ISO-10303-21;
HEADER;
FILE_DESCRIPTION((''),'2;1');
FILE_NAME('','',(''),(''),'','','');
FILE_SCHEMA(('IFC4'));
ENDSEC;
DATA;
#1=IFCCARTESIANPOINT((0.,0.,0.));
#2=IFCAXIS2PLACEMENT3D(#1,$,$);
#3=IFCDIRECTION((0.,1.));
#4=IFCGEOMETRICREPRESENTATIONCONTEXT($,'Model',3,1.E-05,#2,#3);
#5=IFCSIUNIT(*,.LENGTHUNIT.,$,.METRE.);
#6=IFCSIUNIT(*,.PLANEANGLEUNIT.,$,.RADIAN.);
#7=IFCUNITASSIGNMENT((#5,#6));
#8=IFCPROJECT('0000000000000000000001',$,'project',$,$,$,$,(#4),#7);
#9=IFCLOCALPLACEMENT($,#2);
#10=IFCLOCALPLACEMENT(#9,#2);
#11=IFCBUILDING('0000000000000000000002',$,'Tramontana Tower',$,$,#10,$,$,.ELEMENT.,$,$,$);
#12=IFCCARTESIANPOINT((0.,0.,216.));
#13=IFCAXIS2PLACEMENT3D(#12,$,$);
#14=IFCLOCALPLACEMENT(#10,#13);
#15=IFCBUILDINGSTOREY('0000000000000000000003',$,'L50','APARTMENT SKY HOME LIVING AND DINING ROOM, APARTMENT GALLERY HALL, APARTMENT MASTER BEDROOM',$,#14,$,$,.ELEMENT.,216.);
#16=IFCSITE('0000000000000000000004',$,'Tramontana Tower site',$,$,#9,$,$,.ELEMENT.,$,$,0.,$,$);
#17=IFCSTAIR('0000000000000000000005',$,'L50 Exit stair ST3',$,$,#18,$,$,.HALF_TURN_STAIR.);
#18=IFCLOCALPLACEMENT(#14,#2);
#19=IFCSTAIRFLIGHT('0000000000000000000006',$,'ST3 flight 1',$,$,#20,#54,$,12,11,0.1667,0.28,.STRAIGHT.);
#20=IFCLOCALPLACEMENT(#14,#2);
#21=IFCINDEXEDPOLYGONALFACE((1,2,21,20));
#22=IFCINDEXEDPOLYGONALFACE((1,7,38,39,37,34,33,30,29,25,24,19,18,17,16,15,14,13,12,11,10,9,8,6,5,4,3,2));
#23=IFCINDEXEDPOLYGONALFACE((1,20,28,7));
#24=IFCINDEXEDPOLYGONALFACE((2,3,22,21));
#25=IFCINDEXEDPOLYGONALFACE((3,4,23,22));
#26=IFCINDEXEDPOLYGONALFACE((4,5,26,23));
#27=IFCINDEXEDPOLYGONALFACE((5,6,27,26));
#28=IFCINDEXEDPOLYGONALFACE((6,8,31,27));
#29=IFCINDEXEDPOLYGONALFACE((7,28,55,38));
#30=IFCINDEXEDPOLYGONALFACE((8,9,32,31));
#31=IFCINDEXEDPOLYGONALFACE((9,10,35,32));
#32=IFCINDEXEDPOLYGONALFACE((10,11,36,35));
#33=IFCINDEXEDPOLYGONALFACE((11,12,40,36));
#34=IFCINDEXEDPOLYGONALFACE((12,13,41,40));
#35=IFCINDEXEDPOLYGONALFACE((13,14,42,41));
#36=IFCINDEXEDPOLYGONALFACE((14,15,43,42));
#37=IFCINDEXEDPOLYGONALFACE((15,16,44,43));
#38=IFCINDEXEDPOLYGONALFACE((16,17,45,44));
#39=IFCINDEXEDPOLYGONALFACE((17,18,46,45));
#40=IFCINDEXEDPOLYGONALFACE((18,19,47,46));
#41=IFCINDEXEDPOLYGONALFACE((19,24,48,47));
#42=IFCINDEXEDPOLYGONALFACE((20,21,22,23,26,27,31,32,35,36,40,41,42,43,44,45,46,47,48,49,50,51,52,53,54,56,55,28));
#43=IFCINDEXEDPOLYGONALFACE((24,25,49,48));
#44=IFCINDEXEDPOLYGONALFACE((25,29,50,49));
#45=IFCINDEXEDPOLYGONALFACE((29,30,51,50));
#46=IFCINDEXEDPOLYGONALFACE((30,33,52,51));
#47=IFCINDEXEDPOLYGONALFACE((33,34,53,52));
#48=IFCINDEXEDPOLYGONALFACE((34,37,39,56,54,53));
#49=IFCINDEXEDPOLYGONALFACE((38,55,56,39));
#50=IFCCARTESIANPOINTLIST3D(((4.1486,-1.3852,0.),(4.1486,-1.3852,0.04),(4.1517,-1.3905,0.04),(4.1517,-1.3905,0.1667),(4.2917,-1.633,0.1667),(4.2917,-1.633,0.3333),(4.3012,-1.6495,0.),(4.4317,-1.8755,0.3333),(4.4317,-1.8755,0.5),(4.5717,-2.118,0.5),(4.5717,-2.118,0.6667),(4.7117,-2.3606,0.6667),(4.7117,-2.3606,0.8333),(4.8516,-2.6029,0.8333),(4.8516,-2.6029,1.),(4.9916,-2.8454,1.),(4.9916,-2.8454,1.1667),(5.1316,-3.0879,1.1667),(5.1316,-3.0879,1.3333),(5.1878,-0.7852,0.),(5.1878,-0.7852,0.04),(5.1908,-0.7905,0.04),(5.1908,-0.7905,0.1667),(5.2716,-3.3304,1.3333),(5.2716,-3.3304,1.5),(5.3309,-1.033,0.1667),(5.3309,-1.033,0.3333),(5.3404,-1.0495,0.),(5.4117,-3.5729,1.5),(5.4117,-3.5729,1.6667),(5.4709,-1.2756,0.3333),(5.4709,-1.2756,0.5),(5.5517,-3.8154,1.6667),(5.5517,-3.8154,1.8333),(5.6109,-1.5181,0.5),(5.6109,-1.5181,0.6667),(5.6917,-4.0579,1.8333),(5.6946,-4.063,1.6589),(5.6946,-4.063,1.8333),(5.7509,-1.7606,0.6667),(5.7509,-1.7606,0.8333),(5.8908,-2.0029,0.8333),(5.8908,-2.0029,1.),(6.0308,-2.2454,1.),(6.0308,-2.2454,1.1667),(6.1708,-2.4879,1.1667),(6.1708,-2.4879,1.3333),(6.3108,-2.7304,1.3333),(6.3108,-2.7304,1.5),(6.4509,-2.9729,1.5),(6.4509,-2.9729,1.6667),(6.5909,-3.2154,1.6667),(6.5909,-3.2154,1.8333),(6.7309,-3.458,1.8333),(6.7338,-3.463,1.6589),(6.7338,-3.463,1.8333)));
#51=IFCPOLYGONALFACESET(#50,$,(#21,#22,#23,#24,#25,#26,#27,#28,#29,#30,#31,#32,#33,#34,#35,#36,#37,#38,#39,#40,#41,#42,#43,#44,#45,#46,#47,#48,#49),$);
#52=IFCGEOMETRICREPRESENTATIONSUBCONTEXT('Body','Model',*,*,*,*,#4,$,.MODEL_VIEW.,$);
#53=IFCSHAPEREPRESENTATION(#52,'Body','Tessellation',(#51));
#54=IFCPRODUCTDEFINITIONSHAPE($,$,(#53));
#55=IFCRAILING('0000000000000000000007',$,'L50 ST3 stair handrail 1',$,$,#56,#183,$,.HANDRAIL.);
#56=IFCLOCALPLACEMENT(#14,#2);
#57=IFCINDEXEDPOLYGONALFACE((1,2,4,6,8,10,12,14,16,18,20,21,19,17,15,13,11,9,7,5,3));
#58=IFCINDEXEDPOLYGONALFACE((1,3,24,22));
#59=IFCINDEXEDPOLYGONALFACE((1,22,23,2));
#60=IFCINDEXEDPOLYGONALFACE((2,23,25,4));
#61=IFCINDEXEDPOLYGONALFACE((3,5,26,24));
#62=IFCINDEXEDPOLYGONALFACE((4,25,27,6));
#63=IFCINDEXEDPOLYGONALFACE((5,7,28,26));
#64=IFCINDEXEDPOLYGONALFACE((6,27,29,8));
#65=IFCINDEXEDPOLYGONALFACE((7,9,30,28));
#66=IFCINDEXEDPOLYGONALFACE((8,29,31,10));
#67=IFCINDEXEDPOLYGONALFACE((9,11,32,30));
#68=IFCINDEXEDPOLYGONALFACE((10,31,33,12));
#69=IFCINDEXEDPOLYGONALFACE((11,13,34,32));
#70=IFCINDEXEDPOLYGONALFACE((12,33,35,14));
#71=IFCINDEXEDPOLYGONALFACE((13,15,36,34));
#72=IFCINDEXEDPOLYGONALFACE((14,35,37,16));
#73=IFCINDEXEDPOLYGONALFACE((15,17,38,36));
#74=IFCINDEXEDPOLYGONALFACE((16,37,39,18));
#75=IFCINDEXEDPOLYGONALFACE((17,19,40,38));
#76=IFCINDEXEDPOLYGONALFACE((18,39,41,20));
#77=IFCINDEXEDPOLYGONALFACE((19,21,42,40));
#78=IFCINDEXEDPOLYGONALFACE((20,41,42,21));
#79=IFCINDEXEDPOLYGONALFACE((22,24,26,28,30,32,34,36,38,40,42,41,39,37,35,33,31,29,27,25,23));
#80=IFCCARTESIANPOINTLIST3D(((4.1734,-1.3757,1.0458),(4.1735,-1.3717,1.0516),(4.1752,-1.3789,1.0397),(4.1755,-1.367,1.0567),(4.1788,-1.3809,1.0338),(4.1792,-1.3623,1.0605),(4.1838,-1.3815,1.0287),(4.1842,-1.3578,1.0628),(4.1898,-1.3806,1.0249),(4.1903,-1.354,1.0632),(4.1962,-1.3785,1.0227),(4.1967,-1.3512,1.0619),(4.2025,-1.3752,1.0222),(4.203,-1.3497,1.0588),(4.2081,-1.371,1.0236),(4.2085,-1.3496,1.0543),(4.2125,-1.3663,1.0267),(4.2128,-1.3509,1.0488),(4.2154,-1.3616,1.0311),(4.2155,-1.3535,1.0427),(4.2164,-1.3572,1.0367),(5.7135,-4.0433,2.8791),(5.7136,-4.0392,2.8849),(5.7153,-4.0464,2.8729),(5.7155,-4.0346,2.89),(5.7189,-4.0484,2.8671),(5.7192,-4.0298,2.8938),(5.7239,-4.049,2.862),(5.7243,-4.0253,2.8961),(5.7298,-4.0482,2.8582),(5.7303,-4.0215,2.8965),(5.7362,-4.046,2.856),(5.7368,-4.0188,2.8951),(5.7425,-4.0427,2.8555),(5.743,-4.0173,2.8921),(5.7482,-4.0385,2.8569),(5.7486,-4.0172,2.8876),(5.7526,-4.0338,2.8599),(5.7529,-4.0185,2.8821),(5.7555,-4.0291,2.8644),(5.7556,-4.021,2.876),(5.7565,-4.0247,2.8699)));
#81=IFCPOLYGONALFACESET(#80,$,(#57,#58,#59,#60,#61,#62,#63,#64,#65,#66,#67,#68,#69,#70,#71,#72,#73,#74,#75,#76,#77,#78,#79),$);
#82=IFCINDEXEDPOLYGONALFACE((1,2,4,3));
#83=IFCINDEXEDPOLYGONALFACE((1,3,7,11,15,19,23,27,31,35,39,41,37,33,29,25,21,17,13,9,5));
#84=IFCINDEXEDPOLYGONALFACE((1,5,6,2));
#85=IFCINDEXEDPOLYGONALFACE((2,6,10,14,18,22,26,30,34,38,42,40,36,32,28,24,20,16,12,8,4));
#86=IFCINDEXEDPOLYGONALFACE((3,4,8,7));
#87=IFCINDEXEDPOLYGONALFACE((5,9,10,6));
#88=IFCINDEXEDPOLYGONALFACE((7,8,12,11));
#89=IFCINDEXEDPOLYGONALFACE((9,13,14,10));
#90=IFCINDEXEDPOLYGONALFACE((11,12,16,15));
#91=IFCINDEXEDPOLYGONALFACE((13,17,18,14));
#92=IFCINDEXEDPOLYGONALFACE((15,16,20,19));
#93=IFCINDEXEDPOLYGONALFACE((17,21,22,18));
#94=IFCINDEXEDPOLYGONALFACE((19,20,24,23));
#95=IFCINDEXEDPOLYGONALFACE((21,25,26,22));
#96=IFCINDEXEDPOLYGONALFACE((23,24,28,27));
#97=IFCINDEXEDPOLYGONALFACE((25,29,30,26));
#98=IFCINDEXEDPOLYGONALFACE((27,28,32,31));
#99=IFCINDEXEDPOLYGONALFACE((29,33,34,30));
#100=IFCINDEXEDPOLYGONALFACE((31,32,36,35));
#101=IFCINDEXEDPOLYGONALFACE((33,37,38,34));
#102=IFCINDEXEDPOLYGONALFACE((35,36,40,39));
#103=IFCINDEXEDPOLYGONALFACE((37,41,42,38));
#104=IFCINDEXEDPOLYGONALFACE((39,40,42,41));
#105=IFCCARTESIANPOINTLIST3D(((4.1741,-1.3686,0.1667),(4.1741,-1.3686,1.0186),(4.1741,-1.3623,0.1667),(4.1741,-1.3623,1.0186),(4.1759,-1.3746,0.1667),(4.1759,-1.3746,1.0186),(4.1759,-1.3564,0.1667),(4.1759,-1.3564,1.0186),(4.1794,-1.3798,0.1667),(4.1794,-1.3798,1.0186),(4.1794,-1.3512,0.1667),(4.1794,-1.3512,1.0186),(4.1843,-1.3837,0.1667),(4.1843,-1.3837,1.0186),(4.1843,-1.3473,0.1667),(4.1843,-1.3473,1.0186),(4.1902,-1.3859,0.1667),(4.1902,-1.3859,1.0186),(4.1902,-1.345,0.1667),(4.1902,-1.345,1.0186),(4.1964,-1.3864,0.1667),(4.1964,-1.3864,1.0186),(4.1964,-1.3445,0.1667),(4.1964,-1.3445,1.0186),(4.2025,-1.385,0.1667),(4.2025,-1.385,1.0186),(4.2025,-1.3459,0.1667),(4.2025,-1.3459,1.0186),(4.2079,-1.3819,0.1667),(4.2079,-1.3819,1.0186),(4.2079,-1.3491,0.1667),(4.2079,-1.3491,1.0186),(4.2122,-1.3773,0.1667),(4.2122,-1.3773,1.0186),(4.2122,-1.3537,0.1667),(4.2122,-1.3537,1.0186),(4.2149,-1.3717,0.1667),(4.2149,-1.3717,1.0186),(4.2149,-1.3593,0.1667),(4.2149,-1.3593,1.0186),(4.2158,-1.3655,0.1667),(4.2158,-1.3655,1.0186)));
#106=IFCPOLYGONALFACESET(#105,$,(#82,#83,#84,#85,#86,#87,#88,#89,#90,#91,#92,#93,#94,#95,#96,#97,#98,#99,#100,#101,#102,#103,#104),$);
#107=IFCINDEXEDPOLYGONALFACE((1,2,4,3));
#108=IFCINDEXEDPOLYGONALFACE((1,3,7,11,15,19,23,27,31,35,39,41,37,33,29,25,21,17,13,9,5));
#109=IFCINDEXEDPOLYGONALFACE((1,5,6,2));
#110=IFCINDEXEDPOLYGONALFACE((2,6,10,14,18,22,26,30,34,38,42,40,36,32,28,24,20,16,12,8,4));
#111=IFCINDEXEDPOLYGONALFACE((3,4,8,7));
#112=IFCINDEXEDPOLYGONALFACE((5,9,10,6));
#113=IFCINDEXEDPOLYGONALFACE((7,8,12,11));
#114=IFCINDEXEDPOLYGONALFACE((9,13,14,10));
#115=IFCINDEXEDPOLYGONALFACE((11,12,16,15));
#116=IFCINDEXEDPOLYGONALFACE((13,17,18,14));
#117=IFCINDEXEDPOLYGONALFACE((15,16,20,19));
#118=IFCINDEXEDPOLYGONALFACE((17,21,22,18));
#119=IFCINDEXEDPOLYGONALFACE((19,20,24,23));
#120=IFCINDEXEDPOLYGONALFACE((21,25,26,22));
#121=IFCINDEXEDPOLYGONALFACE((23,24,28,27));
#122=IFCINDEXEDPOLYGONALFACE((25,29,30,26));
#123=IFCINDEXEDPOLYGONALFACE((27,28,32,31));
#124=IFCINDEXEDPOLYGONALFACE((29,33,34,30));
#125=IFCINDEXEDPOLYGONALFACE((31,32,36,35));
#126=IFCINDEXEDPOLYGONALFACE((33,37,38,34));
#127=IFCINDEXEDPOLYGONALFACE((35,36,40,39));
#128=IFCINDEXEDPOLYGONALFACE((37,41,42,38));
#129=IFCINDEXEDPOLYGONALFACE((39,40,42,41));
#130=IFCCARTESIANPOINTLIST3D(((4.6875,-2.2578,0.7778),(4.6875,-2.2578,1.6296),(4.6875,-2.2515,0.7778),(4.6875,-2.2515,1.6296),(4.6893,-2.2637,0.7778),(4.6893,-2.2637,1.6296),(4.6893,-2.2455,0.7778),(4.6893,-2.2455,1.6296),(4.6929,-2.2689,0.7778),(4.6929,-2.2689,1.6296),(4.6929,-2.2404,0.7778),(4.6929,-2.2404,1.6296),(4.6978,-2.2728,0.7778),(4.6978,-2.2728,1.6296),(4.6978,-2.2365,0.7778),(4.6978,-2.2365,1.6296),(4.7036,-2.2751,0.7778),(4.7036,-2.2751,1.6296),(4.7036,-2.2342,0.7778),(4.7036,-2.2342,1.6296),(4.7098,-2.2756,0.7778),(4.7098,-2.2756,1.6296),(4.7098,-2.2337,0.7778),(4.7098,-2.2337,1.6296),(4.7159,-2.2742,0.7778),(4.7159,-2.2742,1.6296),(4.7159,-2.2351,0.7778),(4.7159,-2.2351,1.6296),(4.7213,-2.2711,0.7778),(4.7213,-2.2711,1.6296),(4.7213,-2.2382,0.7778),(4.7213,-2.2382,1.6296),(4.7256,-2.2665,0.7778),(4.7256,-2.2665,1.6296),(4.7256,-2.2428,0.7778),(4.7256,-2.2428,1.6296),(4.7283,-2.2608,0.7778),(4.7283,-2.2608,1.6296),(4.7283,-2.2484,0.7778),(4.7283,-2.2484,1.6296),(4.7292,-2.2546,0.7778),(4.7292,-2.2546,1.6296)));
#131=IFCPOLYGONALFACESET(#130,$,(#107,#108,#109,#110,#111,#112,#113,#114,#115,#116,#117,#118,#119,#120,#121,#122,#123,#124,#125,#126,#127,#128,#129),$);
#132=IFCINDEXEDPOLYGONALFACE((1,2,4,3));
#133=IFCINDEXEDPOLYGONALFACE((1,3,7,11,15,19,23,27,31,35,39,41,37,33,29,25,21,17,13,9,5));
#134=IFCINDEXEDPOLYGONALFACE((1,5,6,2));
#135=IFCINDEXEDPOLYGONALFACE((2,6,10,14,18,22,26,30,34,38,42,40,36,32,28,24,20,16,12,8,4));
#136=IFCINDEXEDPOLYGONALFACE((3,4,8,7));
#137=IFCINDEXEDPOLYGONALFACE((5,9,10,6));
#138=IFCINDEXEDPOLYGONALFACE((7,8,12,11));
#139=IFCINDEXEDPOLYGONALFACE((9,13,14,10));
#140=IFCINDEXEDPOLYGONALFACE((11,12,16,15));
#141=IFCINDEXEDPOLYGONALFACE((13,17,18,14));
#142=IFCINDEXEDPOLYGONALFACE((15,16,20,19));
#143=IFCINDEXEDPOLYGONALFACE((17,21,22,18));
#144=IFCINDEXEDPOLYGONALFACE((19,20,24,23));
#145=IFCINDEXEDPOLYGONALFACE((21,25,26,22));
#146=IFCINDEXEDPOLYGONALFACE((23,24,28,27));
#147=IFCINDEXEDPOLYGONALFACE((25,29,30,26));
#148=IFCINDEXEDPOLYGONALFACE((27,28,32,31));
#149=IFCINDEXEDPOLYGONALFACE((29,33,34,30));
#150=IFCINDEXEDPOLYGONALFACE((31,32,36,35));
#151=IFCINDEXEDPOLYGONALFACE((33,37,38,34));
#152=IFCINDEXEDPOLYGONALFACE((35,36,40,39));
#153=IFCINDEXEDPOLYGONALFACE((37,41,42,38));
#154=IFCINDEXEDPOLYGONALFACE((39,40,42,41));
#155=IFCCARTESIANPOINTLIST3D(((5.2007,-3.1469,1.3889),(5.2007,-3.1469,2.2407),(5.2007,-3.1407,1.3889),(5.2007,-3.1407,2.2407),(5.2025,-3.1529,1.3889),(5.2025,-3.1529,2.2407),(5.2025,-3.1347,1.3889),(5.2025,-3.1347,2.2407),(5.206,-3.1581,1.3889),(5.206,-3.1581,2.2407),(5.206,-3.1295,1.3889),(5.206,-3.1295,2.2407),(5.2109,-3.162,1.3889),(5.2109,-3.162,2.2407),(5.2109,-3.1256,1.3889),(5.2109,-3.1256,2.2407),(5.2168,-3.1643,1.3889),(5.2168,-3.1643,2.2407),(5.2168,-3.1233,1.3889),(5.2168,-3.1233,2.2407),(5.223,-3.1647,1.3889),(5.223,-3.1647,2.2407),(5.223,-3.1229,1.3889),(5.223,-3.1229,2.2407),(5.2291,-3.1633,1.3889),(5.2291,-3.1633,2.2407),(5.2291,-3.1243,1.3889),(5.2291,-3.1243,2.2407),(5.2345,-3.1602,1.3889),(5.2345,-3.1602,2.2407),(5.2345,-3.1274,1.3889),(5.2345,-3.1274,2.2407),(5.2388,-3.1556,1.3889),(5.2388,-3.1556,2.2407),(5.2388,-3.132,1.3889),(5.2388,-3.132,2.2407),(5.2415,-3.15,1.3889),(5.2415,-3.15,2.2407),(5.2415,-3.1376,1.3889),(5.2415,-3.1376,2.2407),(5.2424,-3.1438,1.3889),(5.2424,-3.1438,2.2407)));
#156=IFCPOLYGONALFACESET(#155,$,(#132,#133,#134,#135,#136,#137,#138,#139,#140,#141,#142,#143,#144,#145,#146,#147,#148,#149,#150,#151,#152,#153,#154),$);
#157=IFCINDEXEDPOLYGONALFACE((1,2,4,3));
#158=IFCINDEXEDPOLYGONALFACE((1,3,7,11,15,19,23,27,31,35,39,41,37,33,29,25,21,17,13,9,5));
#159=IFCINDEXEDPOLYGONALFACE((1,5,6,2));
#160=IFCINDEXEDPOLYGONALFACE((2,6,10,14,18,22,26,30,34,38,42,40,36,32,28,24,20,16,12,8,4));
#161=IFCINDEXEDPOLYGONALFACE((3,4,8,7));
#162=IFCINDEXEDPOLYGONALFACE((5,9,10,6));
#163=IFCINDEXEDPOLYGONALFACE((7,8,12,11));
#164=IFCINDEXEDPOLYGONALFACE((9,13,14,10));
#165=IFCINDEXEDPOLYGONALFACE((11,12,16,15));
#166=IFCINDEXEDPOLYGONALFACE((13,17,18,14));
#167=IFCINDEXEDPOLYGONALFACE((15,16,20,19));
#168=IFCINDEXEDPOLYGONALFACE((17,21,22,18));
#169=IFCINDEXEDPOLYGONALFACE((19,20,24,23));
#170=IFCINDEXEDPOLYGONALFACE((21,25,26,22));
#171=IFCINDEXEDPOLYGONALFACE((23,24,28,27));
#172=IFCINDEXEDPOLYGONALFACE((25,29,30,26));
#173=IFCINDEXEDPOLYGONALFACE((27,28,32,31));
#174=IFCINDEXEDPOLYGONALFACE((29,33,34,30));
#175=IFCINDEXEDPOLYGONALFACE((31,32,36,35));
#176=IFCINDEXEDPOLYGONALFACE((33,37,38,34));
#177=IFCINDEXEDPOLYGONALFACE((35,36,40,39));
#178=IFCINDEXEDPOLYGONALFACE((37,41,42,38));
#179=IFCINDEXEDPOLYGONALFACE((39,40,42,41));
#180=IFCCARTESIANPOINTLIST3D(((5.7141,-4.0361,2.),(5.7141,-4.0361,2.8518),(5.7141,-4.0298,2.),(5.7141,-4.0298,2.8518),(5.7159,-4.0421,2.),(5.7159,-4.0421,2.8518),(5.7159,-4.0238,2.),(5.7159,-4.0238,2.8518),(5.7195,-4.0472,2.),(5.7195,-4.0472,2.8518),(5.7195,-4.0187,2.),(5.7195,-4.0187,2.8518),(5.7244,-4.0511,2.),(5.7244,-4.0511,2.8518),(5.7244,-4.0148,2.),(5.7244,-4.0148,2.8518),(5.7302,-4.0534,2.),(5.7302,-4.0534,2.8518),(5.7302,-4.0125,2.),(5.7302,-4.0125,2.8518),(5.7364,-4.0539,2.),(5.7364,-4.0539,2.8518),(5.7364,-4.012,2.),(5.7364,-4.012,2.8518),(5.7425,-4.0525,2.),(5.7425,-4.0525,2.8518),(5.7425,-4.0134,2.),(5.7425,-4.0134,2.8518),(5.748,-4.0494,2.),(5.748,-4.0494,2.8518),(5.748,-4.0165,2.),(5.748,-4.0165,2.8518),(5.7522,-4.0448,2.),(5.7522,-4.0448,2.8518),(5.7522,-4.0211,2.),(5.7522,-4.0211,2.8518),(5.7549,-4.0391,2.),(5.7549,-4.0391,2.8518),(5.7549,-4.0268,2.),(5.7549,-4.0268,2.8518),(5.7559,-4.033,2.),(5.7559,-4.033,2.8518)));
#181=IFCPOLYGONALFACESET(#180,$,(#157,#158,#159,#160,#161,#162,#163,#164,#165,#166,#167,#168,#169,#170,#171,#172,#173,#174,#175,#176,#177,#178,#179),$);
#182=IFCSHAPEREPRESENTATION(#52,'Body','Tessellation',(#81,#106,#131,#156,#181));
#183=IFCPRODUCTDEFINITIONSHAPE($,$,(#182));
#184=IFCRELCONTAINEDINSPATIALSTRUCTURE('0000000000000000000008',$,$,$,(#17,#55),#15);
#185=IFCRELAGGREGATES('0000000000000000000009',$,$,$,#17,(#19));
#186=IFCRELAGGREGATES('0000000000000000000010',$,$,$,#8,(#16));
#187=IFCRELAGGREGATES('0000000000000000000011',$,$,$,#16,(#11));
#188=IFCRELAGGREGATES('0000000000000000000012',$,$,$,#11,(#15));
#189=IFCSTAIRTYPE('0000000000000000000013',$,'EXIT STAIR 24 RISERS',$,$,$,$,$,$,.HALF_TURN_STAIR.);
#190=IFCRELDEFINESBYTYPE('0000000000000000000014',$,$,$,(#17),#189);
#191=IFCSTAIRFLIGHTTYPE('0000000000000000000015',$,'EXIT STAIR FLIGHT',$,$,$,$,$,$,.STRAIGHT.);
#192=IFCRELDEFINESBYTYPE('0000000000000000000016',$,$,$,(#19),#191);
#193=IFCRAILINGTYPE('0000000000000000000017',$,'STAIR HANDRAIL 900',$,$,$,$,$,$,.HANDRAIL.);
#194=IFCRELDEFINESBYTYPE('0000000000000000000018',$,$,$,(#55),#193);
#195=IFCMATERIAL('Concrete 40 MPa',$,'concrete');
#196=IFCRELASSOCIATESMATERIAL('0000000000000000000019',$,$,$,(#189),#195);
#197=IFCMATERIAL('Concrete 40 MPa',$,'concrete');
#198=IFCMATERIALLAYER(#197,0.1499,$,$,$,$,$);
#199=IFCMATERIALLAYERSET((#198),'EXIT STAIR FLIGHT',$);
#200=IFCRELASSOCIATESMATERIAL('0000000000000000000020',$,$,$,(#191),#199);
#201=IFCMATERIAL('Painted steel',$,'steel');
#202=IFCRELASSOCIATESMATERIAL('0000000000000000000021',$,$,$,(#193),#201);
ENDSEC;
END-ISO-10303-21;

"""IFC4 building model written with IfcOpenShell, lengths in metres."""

from ifc_helpers import new_model, si_unit, direction, frame, origin, origin_2d, place, context, subcontext, project, spatial, polyline, circle, outline, extrude, material, layer, layer_set, type_object, element, aggregate, save


model = new_model("IFC4")

# Units and contexts
model_context = context("Model", 3, precision=1e-05, world=origin(), true_north=direction((0.0, 1.0)))
body_context = subcontext(model_context, "Body", "Model", "MODEL_VIEW")
ifc_project = project(units=[si_unit("LENGTHUNIT", "METRE"), si_unit("PLANEANGLEUNIT", "RADIAN")], contexts=[model_context])

# Site, building, storey
site_placement = place(None, origin())
site = spatial("IfcSite", under=ifc_project, at=site_placement, Name="Tramontana Tower site", CompositionType="ELEMENT", RefElevation=0.0)
building_placement = place(site_placement, origin())
building = spatial("IfcBuilding", under=site, at=building_placement, Name="Tramontana Tower", CompositionType="ELEMENT")
storey_placement = place(building_placement, frame((0.0, 0.0, 216.0)))
storey = spatial("IfcBuildingStorey", under=building, at=storey_placement, Name="L50", Description="APARTMENT SKY HOME LIVING AND DINING ROOM, APARTMENT GALLERY HALL, APARTMENT MASTER BEDROOM", CompositionType="ELEMENT", Elevation=216.0)

# Stair
ifc_material_1 = material(Name="Concrete 40 MPa", Category="concrete")
stair_type = type_object("IfcStairType", Name="EXIT STAIR 24 RISERS", PredefinedType="HALF_TURN_STAIR", material=ifc_material_1)
stair_1_placement = place(storey_placement, origin())
stair_1 = element("IfcStair", 1, at=stair_1_placement, inside=storey, type_object=stair_type, Name="L50 Exit stair ST3", PredefinedType="HALF_TURN_STAIR")

# Stair flight
ifc_material_2 = material(Name="Concrete 40 MPa", Category="concrete")
ifc_layer_1 = layer(ifc_material_2, 0.1499)
ifc_layer_set_1 = layer_set([ifc_layer_1], Name="EXIT STAIR FLIGHT")
stair_flight_type = type_object("IfcStairFlightType", Name="EXIT STAIR FLIGHT", PredefinedType="STRAIGHT", material=ifc_layer_set_1)
stair_flight_placement = place(storey_placement, frame((4.6711, -1.0906, 0.0), z_axis=(0.0, 0.0, 1.0), x_axis=(0.5, -0.866025, 0.0)))
stair_flight = element("IfcStairFlight", 2, at=stair_flight_placement, type_object=stair_flight_type, Name="ST3 flight 1", NumberOfRisers=12, NumberOfTreads=11, PredefinedType="STRAIGHT", RiserHeight=0.1667, TreadLength=0.28, context=body_context, shape_type="SweptSolid", body=[
    extrude(outline(polyline([(-0.0061, 0.0), (-0.0061, 0.04), (0.0, 0.04), (0.0, 0.1667), (0.28, 0.1667), (0.28, 0.3333), (0.5601, 0.3333), (0.5601, 0.5), (0.8401, 0.5), (0.8401, 0.6667), (1.1201, 0.6667), (1.1201, 0.8333), (1.3999, 0.8333), (1.3999, 1.0), (1.6799, 1.0), (1.6799, 1.1667), (1.96, 1.1667), (1.96, 1.3333), (2.24, 1.3333), (2.24, 1.5), (2.52, 1.5), (2.52, 1.6667), (2.8, 1.6667), (2.8, 1.8333), (3.0801, 1.8333), (3.0859, 1.8333), (3.0859, 1.6589), (0.2991, 0.0), (-0.0061, 0.0)])), frame((0.0, 0.6001, 0.0), z_axis=(0.0, -1.0, 0.0), x_axis=(1.0, 0.0, 0.0)), (0.0, 0.0, 1.0), 1.2),
])
aggregate(stair_1, [stair_flight])

# Railing
ifc_material_3 = material(Name="Painted steel", Category="steel")
railing_type = type_object("IfcRailingType", Name="STAIR HANDRAIL 900", PredefinedType="HANDRAIL", material=ifc_material_3)
railing_placement = place(storey_placement, frame((4.1948, -1.3655, 0.1667)))
element("IfcRailing", 3, at=railing_placement, inside=storey, type_object=railing_type, Name="L50 ST3 stair handrail 1", PredefinedType="HANDRAIL", context=body_context, shape_type="SweptSolid", body=[
    extrude(circle(Radius=0.0239, at=origin_2d()), frame((0.0, 0.0, 0.876), z_axis=(0.429649, -0.74419, 0.511452), x_axis=(0.86603, 0.499992, 0.0)), (0.0, 0.0, 1.0), 3.5845),
    extrude(circle(Radius=0.021, at=origin_2d()), origin(), (0.0, 0.0, 1.0), 0.8518),
    extrude(circle(Radius=0.021, at=origin_2d()), frame((0.5134, -0.8892, 0.6111)), (0.0, 0.0, 1.0), 0.8518),
    extrude(circle(Radius=0.021, at=origin_2d()), frame((1.0266, -1.7783, 1.2222)), (0.0, 0.0, 1.0), 0.8518),
    extrude(circle(Radius=0.021, at=origin_2d()), frame((1.54, -2.6675, 1.8333)), (0.0, 0.0, 1.0), 0.8518),
])

save(model, "model.ifc")
